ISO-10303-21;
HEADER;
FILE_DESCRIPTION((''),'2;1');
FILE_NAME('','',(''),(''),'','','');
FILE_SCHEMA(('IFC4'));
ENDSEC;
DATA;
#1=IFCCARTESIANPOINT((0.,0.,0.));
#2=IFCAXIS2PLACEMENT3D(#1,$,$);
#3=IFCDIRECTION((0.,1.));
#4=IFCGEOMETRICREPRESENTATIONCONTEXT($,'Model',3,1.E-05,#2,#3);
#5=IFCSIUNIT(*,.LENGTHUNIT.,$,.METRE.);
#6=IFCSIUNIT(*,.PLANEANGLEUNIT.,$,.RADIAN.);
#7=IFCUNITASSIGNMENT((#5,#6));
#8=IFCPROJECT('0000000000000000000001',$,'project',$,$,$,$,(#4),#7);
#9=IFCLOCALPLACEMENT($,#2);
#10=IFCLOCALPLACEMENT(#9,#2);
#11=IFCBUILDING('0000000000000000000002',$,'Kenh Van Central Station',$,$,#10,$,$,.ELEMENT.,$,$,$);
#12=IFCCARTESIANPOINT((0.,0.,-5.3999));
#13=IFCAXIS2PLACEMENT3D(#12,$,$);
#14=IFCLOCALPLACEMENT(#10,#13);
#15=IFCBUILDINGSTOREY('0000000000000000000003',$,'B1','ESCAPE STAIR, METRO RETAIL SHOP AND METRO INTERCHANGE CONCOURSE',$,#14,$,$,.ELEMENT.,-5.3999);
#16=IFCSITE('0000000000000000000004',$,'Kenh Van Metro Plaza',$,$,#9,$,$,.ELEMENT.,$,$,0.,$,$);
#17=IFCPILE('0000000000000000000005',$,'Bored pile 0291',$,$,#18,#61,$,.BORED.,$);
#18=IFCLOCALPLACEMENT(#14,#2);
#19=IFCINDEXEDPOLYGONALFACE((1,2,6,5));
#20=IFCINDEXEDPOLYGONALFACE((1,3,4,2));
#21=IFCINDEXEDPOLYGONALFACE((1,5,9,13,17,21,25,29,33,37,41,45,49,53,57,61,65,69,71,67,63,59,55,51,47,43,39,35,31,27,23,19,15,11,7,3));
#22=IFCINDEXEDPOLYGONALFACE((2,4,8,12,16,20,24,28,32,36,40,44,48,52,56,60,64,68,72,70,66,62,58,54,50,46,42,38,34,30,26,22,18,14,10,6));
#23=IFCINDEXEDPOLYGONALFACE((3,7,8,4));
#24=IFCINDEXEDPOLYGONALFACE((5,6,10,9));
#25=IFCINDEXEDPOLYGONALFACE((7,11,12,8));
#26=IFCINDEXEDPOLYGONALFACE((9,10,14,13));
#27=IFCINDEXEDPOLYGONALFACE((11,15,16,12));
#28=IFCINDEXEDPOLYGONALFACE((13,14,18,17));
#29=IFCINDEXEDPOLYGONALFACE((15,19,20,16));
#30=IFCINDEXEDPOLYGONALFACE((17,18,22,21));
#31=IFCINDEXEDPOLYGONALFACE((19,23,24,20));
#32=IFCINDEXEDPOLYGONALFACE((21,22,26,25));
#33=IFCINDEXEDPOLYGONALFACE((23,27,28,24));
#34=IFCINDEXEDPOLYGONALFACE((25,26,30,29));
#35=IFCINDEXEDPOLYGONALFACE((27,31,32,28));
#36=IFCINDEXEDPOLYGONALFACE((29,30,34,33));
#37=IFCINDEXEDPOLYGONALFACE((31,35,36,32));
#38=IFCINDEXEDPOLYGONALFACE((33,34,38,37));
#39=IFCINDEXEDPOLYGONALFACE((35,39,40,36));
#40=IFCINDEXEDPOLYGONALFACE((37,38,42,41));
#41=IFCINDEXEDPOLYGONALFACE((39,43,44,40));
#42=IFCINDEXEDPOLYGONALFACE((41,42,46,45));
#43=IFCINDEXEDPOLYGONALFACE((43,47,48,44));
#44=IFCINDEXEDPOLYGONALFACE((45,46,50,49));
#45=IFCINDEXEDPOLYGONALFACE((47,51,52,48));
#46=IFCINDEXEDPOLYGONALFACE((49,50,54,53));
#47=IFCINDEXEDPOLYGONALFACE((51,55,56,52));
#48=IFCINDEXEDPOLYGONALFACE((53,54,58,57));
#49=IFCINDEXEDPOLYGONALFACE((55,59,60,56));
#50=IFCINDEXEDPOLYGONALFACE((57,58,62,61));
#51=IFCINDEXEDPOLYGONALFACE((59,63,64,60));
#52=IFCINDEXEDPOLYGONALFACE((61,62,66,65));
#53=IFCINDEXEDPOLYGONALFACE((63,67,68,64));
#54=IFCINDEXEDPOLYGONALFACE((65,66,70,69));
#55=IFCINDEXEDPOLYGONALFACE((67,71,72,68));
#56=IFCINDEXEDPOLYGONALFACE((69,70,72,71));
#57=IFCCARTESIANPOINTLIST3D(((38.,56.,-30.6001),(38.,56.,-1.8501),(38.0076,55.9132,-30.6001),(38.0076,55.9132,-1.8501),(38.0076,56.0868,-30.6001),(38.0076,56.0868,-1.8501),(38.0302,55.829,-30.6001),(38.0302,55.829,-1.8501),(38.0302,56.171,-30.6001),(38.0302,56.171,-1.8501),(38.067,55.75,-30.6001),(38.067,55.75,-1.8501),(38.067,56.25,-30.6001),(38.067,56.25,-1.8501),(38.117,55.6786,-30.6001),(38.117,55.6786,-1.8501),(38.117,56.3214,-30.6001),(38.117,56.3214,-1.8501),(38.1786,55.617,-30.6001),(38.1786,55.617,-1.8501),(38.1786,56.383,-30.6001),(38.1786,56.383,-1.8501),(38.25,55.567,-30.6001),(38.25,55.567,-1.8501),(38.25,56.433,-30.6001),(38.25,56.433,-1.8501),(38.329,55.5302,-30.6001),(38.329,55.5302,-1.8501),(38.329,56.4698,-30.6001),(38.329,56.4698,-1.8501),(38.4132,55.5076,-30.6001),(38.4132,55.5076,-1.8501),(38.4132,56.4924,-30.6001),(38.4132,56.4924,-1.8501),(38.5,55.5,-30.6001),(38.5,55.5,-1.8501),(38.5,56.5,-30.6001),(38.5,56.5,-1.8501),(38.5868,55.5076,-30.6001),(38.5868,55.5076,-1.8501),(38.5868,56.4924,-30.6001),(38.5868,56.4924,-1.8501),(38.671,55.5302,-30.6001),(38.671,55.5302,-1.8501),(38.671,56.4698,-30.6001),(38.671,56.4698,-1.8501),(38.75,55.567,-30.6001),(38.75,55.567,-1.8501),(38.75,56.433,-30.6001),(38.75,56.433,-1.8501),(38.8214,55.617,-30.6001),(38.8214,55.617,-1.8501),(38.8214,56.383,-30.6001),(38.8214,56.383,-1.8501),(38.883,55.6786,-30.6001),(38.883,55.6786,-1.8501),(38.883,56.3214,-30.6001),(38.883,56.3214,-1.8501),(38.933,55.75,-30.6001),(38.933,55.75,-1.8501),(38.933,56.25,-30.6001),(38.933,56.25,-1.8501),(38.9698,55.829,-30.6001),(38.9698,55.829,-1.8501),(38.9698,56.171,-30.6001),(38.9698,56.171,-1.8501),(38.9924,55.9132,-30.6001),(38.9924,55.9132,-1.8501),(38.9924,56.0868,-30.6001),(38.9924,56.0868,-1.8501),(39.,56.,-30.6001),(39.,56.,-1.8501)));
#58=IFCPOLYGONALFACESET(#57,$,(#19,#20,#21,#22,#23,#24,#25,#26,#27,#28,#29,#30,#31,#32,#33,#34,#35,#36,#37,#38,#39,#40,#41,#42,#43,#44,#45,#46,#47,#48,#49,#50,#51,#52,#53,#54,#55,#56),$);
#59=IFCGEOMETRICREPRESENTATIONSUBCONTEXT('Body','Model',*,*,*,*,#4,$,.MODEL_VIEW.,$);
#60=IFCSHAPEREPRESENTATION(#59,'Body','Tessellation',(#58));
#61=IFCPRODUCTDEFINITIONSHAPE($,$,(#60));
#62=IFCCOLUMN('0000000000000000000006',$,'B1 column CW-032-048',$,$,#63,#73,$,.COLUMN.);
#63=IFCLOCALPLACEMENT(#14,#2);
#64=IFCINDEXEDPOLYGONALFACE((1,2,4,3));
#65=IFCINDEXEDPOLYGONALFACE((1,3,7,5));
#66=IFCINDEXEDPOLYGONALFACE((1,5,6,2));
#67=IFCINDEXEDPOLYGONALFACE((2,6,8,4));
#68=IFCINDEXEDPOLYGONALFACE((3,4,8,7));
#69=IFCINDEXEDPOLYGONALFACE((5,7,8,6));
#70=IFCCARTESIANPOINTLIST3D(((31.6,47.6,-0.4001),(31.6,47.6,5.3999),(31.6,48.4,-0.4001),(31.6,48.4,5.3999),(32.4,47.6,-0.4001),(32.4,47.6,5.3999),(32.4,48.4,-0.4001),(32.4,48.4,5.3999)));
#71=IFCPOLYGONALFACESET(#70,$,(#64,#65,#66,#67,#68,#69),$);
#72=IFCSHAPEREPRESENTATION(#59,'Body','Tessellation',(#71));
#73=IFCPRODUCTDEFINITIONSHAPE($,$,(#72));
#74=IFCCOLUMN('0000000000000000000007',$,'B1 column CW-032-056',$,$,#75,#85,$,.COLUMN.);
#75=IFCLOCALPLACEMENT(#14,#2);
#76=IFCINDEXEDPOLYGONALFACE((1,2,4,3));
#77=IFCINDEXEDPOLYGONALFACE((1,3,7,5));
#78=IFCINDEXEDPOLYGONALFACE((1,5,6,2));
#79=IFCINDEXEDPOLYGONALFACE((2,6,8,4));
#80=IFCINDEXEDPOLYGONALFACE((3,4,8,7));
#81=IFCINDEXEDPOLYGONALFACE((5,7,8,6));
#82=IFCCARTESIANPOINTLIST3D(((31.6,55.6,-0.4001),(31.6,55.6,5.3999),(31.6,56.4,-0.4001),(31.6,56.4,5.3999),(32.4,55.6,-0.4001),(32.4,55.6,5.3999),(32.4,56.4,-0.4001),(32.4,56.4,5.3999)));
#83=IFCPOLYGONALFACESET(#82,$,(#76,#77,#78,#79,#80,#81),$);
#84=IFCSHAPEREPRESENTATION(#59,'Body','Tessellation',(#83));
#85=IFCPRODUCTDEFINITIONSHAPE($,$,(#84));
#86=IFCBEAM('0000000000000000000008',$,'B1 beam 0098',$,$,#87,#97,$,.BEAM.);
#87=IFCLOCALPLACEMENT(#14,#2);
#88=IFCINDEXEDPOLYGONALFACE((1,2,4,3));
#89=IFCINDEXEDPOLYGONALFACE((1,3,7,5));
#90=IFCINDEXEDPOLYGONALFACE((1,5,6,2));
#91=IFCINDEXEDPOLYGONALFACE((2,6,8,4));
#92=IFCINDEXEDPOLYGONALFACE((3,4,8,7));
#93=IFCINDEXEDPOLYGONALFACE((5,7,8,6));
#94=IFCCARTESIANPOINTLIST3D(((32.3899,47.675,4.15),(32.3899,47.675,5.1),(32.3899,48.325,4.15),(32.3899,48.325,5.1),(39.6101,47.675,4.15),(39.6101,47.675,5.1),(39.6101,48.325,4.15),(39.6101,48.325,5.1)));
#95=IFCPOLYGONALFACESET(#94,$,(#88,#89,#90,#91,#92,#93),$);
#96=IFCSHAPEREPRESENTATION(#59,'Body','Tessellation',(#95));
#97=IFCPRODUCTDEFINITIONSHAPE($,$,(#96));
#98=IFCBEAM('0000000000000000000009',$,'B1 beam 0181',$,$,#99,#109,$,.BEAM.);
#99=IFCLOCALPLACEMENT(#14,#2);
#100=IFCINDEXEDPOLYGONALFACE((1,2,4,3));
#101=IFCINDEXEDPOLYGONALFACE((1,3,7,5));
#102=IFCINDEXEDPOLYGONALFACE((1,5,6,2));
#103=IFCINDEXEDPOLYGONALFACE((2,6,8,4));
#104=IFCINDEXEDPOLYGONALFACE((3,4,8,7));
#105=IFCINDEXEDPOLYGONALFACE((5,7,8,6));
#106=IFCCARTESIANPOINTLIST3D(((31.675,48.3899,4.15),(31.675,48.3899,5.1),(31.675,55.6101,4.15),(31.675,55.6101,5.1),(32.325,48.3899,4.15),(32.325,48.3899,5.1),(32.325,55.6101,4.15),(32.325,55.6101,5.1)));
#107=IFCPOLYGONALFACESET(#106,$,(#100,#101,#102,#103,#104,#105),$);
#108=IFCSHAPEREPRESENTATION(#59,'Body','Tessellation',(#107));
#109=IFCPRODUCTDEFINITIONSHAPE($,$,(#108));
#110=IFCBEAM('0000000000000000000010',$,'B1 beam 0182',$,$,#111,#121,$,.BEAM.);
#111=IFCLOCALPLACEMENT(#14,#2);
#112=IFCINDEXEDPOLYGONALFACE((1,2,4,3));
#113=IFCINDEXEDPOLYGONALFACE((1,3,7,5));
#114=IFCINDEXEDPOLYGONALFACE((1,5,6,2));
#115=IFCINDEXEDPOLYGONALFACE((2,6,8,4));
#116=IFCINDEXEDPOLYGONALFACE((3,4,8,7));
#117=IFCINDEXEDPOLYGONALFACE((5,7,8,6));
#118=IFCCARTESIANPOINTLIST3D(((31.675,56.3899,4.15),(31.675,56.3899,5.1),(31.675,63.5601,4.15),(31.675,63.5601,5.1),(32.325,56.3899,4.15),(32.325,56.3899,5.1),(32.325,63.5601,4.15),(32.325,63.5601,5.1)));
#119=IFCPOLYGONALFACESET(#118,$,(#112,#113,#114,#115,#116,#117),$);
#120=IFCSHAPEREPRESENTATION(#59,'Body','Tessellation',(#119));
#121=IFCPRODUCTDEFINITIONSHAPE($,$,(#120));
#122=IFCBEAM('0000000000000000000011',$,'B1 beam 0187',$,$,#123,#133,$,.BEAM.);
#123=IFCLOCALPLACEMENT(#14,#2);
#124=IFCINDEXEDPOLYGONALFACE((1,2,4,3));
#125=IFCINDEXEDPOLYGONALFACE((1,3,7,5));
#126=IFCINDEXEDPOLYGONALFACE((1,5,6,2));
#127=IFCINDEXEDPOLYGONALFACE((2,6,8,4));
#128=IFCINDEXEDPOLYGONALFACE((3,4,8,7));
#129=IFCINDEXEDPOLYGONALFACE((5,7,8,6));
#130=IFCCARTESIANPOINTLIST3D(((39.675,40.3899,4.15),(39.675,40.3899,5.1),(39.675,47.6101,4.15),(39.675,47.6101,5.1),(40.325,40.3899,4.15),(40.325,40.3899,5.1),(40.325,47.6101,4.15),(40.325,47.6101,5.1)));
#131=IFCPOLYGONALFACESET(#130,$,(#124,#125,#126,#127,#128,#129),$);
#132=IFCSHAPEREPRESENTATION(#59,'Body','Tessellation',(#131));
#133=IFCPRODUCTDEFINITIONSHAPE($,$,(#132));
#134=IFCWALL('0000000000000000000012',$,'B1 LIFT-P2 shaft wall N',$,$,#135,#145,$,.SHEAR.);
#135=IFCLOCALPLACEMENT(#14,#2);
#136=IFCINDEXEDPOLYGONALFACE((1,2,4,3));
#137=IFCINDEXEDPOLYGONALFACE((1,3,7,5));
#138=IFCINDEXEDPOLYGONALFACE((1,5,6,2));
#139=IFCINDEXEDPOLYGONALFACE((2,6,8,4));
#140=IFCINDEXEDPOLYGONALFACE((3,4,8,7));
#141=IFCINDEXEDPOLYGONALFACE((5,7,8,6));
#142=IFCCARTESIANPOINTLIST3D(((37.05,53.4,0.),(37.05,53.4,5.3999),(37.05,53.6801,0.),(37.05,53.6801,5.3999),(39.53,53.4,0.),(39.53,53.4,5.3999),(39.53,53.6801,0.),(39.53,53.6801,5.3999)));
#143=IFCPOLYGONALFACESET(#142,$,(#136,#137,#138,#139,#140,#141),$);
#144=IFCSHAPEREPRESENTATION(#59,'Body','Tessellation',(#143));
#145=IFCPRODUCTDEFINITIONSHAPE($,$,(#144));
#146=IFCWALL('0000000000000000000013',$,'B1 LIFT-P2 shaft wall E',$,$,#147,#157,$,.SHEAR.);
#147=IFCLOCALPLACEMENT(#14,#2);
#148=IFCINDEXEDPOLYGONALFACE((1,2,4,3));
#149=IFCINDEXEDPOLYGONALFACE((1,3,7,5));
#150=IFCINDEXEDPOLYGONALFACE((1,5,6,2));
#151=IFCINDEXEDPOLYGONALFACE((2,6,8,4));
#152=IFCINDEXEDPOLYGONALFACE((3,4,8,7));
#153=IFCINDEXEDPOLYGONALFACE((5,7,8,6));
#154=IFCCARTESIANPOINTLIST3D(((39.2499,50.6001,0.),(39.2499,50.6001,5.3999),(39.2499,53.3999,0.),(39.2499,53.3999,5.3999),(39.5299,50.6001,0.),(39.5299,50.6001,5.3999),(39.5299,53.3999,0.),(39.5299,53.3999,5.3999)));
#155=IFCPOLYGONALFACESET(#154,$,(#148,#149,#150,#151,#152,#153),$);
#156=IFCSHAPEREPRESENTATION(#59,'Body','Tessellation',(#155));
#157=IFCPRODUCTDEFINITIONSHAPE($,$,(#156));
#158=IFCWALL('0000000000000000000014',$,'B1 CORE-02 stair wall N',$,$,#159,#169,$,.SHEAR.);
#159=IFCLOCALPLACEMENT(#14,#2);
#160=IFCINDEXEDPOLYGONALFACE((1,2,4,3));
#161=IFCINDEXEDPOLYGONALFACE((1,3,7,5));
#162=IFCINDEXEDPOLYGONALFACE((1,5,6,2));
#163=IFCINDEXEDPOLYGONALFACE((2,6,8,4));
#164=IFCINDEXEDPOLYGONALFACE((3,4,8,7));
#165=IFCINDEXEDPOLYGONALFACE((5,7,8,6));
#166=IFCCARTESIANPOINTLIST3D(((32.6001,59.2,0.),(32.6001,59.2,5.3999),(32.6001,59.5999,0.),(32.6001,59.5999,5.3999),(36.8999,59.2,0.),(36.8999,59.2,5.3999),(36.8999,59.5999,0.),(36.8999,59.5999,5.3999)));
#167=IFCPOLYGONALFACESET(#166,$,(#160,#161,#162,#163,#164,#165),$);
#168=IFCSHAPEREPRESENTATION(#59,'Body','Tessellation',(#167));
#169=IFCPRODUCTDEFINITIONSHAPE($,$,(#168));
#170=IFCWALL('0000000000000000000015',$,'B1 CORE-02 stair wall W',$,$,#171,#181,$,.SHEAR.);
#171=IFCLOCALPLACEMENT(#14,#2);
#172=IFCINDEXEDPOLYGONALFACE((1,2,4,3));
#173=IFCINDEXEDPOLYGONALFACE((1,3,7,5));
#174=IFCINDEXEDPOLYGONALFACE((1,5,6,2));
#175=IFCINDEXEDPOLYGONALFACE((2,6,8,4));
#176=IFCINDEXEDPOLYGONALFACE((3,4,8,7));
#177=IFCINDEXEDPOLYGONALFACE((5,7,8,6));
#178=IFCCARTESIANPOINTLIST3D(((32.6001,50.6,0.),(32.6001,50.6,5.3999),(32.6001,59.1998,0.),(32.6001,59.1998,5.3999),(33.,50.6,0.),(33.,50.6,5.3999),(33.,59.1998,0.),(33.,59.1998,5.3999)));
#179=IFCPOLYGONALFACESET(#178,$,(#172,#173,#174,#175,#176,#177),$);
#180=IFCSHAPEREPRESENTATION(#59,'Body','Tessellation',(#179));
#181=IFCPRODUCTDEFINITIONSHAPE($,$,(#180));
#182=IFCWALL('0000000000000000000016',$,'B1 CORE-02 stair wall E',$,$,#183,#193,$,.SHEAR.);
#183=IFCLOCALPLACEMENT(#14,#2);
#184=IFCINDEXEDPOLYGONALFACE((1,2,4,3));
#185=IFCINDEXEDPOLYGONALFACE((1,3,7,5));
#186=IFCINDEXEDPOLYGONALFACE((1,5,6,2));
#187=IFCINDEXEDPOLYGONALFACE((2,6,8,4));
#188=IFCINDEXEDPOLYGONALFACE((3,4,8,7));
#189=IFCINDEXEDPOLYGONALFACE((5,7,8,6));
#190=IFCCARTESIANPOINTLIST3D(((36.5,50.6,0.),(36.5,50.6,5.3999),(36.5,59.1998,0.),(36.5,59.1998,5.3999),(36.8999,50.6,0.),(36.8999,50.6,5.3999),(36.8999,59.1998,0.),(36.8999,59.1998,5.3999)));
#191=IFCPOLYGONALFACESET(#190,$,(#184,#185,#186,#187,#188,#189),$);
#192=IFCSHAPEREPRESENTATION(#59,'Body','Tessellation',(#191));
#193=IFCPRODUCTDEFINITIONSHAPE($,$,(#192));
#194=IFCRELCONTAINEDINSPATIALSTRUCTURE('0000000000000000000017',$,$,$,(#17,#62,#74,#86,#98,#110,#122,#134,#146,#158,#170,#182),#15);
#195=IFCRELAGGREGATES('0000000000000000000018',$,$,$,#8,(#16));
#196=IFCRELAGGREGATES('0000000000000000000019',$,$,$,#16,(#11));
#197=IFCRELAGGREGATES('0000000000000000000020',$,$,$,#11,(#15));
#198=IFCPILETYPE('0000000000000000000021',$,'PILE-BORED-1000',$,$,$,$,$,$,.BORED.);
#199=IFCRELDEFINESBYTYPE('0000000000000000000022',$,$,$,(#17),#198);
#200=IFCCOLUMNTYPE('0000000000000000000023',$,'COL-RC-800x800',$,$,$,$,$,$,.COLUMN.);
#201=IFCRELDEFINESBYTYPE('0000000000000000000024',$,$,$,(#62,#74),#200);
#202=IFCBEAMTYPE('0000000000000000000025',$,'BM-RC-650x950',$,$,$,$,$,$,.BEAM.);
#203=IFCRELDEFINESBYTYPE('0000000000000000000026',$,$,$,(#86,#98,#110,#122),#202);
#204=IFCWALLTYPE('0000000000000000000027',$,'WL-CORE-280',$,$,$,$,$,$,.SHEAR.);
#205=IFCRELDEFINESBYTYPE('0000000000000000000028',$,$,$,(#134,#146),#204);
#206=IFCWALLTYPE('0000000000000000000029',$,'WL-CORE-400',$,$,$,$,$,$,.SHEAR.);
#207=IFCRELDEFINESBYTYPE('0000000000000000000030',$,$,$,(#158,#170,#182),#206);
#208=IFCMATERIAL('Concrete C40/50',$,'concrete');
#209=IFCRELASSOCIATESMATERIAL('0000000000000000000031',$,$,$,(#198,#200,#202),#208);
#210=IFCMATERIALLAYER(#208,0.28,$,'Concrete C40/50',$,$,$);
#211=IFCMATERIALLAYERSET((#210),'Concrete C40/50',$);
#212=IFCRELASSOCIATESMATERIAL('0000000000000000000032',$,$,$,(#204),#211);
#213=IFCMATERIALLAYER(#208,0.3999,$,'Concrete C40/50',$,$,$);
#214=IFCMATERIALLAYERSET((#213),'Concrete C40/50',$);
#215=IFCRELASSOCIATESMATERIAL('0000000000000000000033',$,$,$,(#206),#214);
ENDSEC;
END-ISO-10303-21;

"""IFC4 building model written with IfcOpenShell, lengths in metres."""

from ifc_helpers import new_model, si_unit, direction, frame, frame_2d, origin, origin_2d, place, context, subcontext, project, spatial, rectangle, circle, extrude, material, layer, layer_set, material_profile, profile_set, type_object, element, save


model = new_model("IFC4")

# Units and contexts
model_context = context("Model", 3, precision=1e-05, world=origin(), true_north=direction((0.0, 1.0)))
body_context = subcontext(model_context, "Body", "Model", "MODEL_VIEW")
ifc_project = project(units=[si_unit("LENGTHUNIT", "METRE"), si_unit("PLANEANGLEUNIT", "RADIAN")], contexts=[model_context])

# Site, building, storey
site_placement = place(None, origin())
site = spatial("IfcSite", under=ifc_project, at=site_placement, Name="Kenh Van Metro Plaza", CompositionType="ELEMENT", RefElevation=0.0)
building_placement = place(site_placement, origin())
building = spatial("IfcBuilding", under=site, at=building_placement, Name="Kenh Van Central Station", CompositionType="ELEMENT")
storey_placement = place(building_placement, frame((0.0, 0.0, -5.3999)))
storey = spatial("IfcBuildingStorey", under=building, at=storey_placement, Name="B1", Description="ESCAPE STAIR, METRO RETAIL SHOP AND METRO INTERCHANGE CONCOURSE", CompositionType="ELEMENT", Elevation=-5.3999)

# Shared definitions
ifc_material_1 = material(Name="Concrete C40/50", Category="concrete")

# Pile
ifc_material_profile_1 = material_profile(ifc_material_1, circle(Radius=0.5, at=origin_2d()), Name="PILE D1000")
ifc_profile_set_1 = profile_set([ifc_material_profile_1], Name="Concrete C40/50")
pile_type = type_object("IfcPileType", Name="PILE-BORED-1000", PredefinedType="BORED", material=ifc_profile_set_1)
pile_1_placement = place(storey_placement, frame((38.5, 56.0, -1.8501), z_axis=(0.0, 0.0, -1.0), x_axis=(1.0, 0.0, 0.0)))
element("IfcPile", 1, at=pile_1_placement, inside=storey, type_object=pile_type, Name="Bored pile 0291", PredefinedType="BORED", context=body_context, shape_type="SweptSolid", body=[
    extrude(circle(Radius=0.5, at=origin_2d()), origin(), (0.0, 0.0, 1.0), 28.75),
])

# Columns
ifc_material_profile_2 = material_profile(ifc_material_1, rectangle(XDim=0.8, YDim=0.8, at=origin_2d()), Name="RC 800x800")
ifc_profile_set_2 = profile_set([ifc_material_profile_2], Name="Concrete C40/50")
column_type = type_object("IfcColumnType", Name="COL-RC-800x800", PredefinedType="COLUMN", material=ifc_profile_set_2)
for number, where, z_axis, x_axis, name in (
    (2, (32.0, 48.0, -0.4001), (0.0, 0.0, 1.0), (1.0, 0.0, 0.0), "B1 column CW-032-048"),
    (3, (32.0, 56.0, -0.4001), (0.0, 0.0, 1.0), (1.0, 0.0, 0.0), "B1 column CW-032-056"),
):
    element("IfcColumn", number, at=place(storey_placement, frame(where, z_axis=z_axis, x_axis=x_axis)), inside=storey, type_object=column_type, Name=name, PredefinedType="COLUMN", context=body_context, shape_type="SweptSolid", body=[
        extrude(rectangle(XDim=0.8, YDim=0.8, at=origin_2d()), origin(), (0.0, 0.0, 1.0), 5.8),
    ])

# Beams
ifc_material_profile_3 = material_profile(ifc_material_1, rectangle(XDim=0.6499, YDim=0.95, at=origin_2d()), Name="RC 650x950")
ifc_profile_set_3 = profile_set([ifc_material_profile_3], Name="Concrete C40/50")
beam_type = type_object("IfcBeamType", Name="BM-RC-650x950", PredefinedType="BEAM", material=ifc_profile_set_3)
for number, where, z_axis, x_axis, name in (
    (4, (32.3899, 48.0, 4.625), (1.0, 0.0, 0.0), (0.0, 1.0, 0.0), "B1 beam 0098"),
    (5, (32.0, 48.3899, 4.625), (0.0, 1.0, 0.0), (-1.0, 0.0, 0.0), "B1 beam 0181"),
):
    element("IfcBeam", number, at=place(storey_placement, frame(where, z_axis=z_axis, x_axis=x_axis)), inside=storey, type_object=beam_type, Name=name, PredefinedType="BEAM", context=body_context, shape_type="SweptSolid", body=[
        extrude(rectangle(XDim=0.6499, YDim=0.95, at=origin_2d()), origin(), (0.0, 0.0, 1.0), 7.2202),
    ])
beam_1_placement = place(storey_placement, frame((32.0, 56.3899, 4.625), z_axis=(0.0, 1.0, 0.0), x_axis=(-1.0, 0.0, 0.0)))
element("IfcBeam", 6, at=beam_1_placement, inside=storey, type_object=beam_type, Name="B1 beam 0182", PredefinedType="BEAM", context=body_context, shape_type="SweptSolid", body=[
    extrude(rectangle(XDim=0.6499, YDim=0.95, at=origin_2d()), origin(), (0.0, 0.0, 1.0), 7.1702),
])
beam_2_placement = place(storey_placement, frame((40.0, 40.3899, 4.625), z_axis=(0.0, 1.0, 0.0), x_axis=(-1.0, 0.0, 0.0)))
element("IfcBeam", 7, at=beam_2_placement, inside=storey, type_object=beam_type, Name="B1 beam 0187", PredefinedType="BEAM", context=body_context, shape_type="SweptSolid", body=[
    extrude(rectangle(XDim=0.6499, YDim=0.95, at=origin_2d()), origin(), (0.0, 0.0, 1.0), 7.2202),
])

# Shared definitions
ifc_layer_1 = layer(ifc_material_1, 0.28, Name="Concrete C40/50")
ifc_layer_set_1 = layer_set([ifc_layer_1], Name="Concrete C40/50")
wall_type_1 = type_object("IfcWallType", Name="WL-CORE-280", PredefinedType="SHEAR", material=ifc_layer_set_1)

# Walls
wall_1_placement = place(storey_placement, frame((37.05, 53.54, 0.0), z_axis=(0.0, 0.0, 1.0), x_axis=(1.0, 0.0, 0.0)))
element("IfcWall", 8, at=wall_1_placement, inside=storey, type_object=wall_type_1, Name="B1 LIFT-P2 shaft wall N", PredefinedType="SHEAR", context=body_context, shape_type="SweptSolid", body=[
    extrude(rectangle(XDim=2.48, YDim=0.28, at=frame_2d((1.24, 0.0))), origin(), (0.0, 0.0, 1.0), 5.3999),
])
wall_2_placement = place(storey_placement, frame((39.3899, 50.6001, 0.0), z_axis=(0.0, 0.0, 1.0), x_axis=(0.0, 1.0, 0.0)))
element("IfcWall", 9, at=wall_2_placement, inside=storey, type_object=wall_type_1, Name="B1 LIFT-P2 shaft wall E", PredefinedType="SHEAR", context=body_context, shape_type="SweptSolid", body=[
    extrude(rectangle(XDim=2.7998, YDim=0.28, at=frame_2d((1.3999, 0.0))), origin(), (0.0, 0.0, 1.0), 5.3999),
])

# Shared definitions
ifc_layer_2 = layer(ifc_material_1, 0.3999, Name="Concrete C40/50")
ifc_layer_set_2 = layer_set([ifc_layer_2], Name="Concrete C40/50")
wall_type_2 = type_object("IfcWallType", Name="WL-CORE-400", PredefinedType="SHEAR", material=ifc_layer_set_2)

# Walls
wall_3_placement = place(storey_placement, frame((32.6001, 59.3999, 0.0), z_axis=(0.0, 0.0, 1.0), x_axis=(1.0, 0.0, 0.0)))
element("IfcWall", 10, at=wall_3_placement, inside=storey, type_object=wall_type_2, Name="B1 CORE-02 stair wall N", PredefinedType="SHEAR", context=body_context, shape_type="SweptSolid", body=[
    extrude(rectangle(XDim=4.2998, YDim=0.3999, at=frame_2d((2.1499, 0.0))), origin(), (0.0, 0.0, 1.0), 5.3999),
])
for number, where, z_axis, x_axis, name in (
    (11, (32.8, 50.6001, 0.0), (0.0, 0.0, 1.0), (0.0, 1.0, 0.0), "B1 CORE-02 stair wall W"),
    (12, (36.7, 50.6001, 0.0), (0.0, 0.0, 1.0), (0.0, 1.0, 0.0), "B1 CORE-02 stair wall E"),
):
    element("IfcWall", number, at=place(storey_placement, frame(where, z_axis=z_axis, x_axis=x_axis)), inside=storey, type_object=wall_type_2, Name=name, PredefinedType="SHEAR", context=body_context, shape_type="SweptSolid", body=[
        extrude(rectangle(XDim=8.5999, YDim=0.3999, at=frame_2d((4.2998, 0.0))), origin(), (0.0, 0.0, 1.0), 5.3999),
    ])

save(model, "model.ifc")
